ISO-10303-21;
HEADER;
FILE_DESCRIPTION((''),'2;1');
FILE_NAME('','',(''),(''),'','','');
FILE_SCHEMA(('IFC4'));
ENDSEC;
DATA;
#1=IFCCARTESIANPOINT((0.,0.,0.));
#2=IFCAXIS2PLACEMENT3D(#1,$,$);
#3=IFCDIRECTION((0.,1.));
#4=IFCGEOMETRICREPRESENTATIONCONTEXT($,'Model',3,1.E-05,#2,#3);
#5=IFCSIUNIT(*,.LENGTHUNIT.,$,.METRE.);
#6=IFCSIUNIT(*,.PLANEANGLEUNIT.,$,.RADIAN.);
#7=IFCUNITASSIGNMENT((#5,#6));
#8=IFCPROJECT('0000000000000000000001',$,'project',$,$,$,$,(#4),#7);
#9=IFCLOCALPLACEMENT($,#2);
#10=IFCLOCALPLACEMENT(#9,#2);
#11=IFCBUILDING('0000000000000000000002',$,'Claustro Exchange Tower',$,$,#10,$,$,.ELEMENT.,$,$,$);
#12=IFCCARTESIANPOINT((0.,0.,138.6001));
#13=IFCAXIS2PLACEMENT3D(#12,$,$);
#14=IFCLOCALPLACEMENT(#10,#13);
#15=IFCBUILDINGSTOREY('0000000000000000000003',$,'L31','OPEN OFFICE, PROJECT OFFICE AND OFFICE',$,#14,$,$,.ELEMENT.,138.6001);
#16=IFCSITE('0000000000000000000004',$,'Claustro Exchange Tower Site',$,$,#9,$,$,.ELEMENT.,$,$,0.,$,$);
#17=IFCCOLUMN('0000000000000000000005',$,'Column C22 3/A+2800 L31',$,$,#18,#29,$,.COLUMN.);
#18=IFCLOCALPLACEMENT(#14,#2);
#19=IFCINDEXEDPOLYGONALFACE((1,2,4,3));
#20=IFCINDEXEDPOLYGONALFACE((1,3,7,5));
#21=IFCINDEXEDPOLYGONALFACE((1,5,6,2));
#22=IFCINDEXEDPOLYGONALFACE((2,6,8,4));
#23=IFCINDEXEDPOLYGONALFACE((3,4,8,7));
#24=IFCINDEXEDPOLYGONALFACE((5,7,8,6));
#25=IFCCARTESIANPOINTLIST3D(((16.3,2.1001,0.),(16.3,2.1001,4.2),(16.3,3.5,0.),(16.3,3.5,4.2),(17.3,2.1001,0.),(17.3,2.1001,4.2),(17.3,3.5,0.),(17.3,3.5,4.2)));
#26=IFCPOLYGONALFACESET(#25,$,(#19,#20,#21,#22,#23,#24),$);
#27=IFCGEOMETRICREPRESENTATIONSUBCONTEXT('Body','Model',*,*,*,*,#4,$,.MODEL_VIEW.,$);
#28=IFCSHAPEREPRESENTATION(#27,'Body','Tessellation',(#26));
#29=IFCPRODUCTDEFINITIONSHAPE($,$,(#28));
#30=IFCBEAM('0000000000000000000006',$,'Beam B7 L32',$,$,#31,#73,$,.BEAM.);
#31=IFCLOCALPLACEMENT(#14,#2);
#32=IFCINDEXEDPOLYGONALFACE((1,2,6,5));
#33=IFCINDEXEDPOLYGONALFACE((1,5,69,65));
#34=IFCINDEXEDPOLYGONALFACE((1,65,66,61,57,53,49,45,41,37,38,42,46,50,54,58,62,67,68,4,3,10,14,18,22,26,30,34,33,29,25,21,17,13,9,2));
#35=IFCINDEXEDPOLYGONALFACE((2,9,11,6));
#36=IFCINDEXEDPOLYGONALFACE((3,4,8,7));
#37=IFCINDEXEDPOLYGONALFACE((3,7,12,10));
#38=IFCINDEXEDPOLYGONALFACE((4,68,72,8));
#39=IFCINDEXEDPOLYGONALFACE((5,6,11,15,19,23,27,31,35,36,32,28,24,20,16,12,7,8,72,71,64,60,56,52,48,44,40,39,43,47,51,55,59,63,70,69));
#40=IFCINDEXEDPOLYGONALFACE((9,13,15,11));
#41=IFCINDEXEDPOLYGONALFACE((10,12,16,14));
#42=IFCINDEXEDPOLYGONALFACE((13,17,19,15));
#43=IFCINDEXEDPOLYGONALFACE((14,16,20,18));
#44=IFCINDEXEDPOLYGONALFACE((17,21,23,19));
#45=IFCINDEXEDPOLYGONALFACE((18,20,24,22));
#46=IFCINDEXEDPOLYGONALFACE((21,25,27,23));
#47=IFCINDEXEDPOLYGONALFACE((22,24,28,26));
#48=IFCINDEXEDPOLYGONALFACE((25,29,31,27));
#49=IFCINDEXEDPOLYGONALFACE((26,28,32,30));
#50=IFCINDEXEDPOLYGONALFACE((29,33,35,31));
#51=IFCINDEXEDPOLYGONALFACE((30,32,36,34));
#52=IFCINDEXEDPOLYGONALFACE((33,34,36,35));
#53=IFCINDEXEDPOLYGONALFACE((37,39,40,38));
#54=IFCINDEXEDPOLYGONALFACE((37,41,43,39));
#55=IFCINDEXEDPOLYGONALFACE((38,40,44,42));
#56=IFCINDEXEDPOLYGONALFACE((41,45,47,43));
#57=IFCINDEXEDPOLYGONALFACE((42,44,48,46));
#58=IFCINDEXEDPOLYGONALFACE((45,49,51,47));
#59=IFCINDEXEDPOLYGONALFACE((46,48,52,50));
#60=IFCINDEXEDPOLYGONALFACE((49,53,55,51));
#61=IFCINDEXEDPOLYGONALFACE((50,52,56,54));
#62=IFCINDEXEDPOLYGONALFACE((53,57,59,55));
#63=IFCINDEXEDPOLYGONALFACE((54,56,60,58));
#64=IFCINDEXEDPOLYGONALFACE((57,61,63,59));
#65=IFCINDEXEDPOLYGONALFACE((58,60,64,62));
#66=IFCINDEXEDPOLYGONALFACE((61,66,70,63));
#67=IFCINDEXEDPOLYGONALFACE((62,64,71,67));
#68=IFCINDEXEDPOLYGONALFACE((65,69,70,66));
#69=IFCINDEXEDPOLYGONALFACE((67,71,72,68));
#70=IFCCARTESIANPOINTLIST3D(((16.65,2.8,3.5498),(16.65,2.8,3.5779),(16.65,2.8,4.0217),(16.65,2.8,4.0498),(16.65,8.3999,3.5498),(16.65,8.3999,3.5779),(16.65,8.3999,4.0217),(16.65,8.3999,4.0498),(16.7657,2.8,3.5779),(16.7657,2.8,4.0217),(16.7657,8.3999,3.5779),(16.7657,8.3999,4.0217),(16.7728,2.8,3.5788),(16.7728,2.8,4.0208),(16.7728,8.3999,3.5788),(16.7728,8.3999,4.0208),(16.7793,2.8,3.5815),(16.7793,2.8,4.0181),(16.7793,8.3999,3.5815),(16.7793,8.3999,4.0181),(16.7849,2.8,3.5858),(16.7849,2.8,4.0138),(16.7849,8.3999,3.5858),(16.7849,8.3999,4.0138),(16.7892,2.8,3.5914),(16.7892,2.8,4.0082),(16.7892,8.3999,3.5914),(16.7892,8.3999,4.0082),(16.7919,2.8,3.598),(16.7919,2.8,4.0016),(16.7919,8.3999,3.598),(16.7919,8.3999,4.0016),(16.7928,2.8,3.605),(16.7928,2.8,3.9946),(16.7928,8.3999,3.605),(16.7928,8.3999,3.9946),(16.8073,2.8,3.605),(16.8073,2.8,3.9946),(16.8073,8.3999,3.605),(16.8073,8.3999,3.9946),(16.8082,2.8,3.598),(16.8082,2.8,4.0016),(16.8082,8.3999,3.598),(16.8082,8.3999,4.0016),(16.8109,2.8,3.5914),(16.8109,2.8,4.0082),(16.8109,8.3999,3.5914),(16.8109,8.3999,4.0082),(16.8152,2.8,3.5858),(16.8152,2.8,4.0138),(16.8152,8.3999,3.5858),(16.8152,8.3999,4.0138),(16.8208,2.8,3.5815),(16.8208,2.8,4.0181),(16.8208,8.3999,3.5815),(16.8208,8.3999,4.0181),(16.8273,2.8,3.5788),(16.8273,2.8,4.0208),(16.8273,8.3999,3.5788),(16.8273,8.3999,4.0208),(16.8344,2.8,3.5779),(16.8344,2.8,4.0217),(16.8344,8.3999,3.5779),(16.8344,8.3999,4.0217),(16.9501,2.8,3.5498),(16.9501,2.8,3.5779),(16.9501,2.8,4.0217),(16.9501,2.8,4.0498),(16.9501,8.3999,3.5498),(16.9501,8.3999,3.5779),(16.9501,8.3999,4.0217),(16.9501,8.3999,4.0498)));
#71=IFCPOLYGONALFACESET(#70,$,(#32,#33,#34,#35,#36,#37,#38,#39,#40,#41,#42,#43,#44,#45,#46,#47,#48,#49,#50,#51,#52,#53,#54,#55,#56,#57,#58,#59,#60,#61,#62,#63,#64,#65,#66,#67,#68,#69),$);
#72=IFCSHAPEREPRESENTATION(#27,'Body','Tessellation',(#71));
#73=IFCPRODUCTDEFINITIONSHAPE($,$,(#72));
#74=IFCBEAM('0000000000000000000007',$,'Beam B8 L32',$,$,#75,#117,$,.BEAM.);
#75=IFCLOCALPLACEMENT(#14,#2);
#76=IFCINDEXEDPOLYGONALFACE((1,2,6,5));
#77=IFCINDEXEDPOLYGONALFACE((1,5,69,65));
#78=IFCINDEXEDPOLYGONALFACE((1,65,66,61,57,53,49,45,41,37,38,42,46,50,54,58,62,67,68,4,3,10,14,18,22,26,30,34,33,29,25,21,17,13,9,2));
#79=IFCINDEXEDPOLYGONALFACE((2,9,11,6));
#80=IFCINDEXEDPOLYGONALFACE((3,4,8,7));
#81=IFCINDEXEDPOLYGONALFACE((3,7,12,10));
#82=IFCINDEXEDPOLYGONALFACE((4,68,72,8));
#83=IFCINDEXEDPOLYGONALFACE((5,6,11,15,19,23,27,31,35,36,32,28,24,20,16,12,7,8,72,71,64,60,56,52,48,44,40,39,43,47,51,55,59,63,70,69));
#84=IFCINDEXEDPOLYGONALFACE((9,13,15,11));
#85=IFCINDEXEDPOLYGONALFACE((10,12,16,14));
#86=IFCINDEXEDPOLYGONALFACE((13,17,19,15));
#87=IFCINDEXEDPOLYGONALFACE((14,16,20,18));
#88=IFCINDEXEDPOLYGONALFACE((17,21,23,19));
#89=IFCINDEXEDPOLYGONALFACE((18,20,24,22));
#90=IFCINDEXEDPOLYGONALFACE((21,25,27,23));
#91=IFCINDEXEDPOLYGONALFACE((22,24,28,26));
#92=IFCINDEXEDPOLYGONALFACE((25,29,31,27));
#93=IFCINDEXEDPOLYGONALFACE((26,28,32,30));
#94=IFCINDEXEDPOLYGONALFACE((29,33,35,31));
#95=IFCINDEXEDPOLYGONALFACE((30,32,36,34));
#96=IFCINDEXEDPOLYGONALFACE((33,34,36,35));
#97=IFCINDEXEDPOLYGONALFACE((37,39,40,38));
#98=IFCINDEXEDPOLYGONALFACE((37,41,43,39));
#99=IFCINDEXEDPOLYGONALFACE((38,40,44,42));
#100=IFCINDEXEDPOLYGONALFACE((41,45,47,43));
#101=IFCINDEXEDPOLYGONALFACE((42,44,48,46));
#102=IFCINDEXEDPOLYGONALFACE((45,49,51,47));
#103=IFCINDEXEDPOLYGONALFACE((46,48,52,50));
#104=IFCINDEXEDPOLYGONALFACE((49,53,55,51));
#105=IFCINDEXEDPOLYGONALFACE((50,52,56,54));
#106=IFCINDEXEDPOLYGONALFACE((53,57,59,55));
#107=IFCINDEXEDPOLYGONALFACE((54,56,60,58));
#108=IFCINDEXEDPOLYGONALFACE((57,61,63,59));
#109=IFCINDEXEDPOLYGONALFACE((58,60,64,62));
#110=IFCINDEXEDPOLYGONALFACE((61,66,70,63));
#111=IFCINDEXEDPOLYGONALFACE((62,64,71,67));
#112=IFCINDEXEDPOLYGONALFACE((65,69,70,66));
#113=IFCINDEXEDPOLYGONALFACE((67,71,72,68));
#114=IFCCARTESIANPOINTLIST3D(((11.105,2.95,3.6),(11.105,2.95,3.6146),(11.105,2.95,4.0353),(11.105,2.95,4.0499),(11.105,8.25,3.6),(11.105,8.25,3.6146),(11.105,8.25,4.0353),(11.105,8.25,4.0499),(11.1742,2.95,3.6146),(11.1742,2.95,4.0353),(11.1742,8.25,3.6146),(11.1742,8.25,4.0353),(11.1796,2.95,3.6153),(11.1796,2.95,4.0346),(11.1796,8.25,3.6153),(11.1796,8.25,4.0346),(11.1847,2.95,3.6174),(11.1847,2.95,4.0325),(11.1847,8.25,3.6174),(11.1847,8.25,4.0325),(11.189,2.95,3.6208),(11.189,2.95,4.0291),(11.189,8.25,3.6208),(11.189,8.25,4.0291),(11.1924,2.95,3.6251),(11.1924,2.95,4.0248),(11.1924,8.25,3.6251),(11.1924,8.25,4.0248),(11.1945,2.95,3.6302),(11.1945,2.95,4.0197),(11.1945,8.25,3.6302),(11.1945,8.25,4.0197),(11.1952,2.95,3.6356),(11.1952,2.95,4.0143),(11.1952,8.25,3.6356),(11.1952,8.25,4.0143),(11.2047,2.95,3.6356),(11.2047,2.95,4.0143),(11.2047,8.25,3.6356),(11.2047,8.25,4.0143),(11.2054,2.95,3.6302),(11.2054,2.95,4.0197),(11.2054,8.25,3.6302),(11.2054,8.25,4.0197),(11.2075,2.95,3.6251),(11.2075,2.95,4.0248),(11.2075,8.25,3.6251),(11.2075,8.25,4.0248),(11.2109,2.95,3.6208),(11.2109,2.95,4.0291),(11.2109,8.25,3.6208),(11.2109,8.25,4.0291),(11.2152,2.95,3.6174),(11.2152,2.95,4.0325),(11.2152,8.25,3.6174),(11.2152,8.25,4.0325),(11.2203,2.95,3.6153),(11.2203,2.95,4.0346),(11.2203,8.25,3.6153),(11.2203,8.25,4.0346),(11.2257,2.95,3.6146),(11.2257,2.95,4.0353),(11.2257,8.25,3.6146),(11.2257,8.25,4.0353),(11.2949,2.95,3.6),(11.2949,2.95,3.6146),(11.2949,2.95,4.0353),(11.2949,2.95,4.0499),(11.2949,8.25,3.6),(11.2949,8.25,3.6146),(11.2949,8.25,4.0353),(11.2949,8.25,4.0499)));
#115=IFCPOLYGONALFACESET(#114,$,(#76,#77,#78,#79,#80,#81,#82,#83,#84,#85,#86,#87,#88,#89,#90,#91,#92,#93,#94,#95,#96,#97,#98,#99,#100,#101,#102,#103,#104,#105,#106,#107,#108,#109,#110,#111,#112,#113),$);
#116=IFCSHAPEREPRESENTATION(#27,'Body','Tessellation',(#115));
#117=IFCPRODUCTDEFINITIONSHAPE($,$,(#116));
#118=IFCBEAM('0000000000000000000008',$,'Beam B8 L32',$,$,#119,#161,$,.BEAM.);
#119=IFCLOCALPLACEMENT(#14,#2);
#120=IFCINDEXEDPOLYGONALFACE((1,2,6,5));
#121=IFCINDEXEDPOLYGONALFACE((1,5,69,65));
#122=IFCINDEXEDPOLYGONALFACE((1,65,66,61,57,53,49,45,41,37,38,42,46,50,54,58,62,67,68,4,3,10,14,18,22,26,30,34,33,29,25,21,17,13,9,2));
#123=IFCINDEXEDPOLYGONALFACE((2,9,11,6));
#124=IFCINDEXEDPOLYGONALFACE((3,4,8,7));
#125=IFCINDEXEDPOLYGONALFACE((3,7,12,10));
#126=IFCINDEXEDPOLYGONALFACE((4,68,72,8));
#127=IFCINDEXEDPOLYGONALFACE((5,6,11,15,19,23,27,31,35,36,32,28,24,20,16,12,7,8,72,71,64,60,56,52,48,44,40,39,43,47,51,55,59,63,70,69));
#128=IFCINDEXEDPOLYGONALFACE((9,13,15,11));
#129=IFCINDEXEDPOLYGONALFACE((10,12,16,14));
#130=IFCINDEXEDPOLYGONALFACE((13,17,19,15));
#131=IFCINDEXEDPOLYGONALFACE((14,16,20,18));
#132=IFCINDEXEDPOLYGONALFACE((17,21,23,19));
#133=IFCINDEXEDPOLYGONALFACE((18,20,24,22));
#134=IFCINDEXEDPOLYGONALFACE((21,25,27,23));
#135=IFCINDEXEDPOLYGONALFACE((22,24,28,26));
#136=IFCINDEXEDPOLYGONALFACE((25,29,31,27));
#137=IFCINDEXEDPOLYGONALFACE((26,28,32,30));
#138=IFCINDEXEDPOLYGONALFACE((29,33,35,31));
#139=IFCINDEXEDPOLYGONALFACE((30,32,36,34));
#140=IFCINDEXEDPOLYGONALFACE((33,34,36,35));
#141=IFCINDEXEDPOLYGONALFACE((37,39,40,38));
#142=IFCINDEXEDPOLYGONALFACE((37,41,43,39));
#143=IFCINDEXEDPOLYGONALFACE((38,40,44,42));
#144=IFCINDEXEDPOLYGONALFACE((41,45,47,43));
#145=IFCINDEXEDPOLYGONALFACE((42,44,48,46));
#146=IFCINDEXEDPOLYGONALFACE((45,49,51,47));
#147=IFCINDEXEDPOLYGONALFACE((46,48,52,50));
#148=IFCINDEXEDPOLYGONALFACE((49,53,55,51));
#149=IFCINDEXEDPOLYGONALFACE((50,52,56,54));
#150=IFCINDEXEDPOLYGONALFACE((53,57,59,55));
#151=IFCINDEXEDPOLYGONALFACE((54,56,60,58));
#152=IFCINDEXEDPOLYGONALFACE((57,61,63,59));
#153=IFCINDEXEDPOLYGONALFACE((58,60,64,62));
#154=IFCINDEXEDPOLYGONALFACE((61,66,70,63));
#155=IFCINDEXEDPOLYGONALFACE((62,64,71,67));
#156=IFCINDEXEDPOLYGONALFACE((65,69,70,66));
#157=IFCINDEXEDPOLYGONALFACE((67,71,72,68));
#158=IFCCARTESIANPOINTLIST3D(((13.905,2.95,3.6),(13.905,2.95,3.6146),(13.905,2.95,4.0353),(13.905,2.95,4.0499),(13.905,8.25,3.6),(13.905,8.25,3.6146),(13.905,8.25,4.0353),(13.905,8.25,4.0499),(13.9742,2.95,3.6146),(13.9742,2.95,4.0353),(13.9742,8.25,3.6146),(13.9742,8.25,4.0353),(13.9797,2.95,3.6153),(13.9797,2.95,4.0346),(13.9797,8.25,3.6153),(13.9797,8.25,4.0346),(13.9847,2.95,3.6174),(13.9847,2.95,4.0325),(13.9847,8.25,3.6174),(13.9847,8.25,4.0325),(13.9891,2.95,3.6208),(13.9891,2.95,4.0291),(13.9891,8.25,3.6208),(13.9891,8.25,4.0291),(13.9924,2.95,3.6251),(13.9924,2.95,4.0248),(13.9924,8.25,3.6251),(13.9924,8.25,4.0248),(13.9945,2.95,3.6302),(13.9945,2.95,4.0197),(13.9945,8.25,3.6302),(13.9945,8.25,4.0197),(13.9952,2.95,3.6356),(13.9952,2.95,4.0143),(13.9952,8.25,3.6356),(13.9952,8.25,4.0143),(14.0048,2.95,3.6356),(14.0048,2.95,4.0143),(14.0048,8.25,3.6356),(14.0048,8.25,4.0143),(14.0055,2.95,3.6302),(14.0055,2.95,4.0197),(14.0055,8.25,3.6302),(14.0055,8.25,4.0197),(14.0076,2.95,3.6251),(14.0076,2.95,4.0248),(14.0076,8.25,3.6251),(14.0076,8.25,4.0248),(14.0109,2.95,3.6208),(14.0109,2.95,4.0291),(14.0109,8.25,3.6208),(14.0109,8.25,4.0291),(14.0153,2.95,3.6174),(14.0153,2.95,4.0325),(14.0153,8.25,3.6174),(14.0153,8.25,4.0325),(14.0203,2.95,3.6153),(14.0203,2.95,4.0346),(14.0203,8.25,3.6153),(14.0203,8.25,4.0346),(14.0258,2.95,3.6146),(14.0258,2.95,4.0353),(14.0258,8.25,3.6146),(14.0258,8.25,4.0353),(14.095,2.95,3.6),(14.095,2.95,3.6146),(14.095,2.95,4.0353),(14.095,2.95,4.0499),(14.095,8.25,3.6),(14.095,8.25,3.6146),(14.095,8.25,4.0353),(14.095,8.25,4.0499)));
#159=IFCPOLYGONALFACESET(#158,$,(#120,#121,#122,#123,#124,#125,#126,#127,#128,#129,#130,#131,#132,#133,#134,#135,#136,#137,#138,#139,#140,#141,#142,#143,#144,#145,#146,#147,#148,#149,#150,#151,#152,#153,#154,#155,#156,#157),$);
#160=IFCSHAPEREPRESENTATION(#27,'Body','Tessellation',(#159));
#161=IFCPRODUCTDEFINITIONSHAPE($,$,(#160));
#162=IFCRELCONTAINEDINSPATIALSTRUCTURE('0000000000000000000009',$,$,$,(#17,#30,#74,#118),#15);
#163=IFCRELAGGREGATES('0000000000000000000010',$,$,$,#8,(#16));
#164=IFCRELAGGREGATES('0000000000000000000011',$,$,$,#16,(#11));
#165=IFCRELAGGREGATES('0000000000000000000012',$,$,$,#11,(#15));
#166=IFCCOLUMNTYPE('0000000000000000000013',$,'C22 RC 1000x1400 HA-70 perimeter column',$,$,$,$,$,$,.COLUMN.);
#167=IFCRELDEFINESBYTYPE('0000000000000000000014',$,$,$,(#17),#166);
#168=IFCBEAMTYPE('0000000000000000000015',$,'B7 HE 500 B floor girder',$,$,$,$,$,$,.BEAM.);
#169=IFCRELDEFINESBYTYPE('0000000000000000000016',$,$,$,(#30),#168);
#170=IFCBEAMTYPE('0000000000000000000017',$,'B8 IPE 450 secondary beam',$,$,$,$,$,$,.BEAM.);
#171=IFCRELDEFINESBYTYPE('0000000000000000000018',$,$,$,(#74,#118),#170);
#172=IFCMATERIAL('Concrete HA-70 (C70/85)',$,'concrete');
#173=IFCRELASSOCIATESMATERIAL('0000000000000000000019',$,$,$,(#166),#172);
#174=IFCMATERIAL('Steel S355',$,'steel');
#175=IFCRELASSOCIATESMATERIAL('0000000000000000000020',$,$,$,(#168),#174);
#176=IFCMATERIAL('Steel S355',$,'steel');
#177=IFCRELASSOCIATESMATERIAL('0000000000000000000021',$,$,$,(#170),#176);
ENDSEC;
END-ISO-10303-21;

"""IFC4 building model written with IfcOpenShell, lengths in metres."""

from ifc_helpers import new_model, si_unit, direction, frame, origin, origin_2d, place, context, subcontext, project, spatial, rectangle, i_section, extrude, material, material_profile, profile_set, type_object, element, save


model = new_model("IFC4")

# Units and contexts
model_context = context("Model", 3, precision=1e-05, world=origin(), true_north=direction((0.0, 1.0)))
body_context = subcontext(model_context, "Body", "Model", "MODEL_VIEW")
ifc_project = project(units=[si_unit("LENGTHUNIT", "METRE"), si_unit("PLANEANGLEUNIT", "RADIAN")], contexts=[model_context])

# Site, building, storey
site_placement = place(None, origin())
site = spatial("IfcSite", under=ifc_project, at=site_placement, Name="Claustro Exchange Tower Site", CompositionType="ELEMENT", RefElevation=0.0)
building_placement = place(site_placement, origin())
building = spatial("IfcBuilding", under=site, at=building_placement, Name="Claustro Exchange Tower", CompositionType="ELEMENT")
storey_placement = place(building_placement, frame((0.0, 0.0, 138.6001)))
storey = spatial("IfcBuildingStorey", under=building, at=storey_placement, Name="L31", Description="OPEN OFFICE, PROJECT OFFICE AND OFFICE", CompositionType="ELEMENT", Elevation=138.6001)

# Column
ifc_material_1 = material(Name="Concrete HA-70 (C70/85)", Category="concrete")
ifc_material_profile_1 = material_profile(ifc_material_1, rectangle(XDim=1.0, YDim=1.3999, at=origin_2d()), Name="RC 1000x1400")
ifc_profile_set_1 = profile_set([ifc_material_profile_1], Name="Concrete HA-70 (C70/85)")
column_type = type_object("IfcColumnType", Name="C22 RC 1000x1400 HA-70 perimeter column", PredefinedType="COLUMN", material=ifc_profile_set_1)
column_placement = place(storey_placement, frame((16.8, 2.8, 0.0), z_axis=(0.0, 0.0, 1.0), x_axis=(1.0, 0.0, 0.0)))
element("IfcColumn", 1, at=column_placement, inside=storey, type_object=column_type, Name="Column C22 3/A+2800 L31", PredefinedType="COLUMN", context=body_context, shape_type="SweptSolid", body=[
    extrude(rectangle(XDim=1.0, YDim=1.3999, at=origin_2d()), origin(), (0.0, 0.0, 1.0), 4.2),
])

# Beams
ifc_material_2 = material(Name="Steel S355", Category="steel")
ifc_material_profile_2 = material_profile(ifc_material_2, i_section(OverallWidth=0.3, OverallDepth=0.5, WebThickness=0.0144, FlangeThickness=0.0281, FilletRadius=0.0271, at=origin_2d()), Name="HE 500 B")
ifc_profile_set_2 = profile_set([ifc_material_profile_2], Name="Steel S355")
beam_type_1 = type_object("IfcBeamType", Name="B7 HE 500 B floor girder", PredefinedType="BEAM", material=ifc_profile_set_2)
beam_1_placement = place(storey_placement, frame((16.8, 2.8, 3.7998), z_axis=(0.0, 1.0, 0.0), x_axis=(-1.0, 0.0, 0.0)))
element("IfcBeam", 2, at=beam_1_placement, inside=storey, type_object=beam_type_1, Name="Beam B7 L32", PredefinedType="BEAM", context=body_context, shape_type="SweptSolid", body=[
    extrude(i_section(OverallWidth=0.3, OverallDepth=0.5, WebThickness=0.0144, FlangeThickness=0.0281, FilletRadius=0.0271, at=origin_2d()), origin(), (0.0, 0.0, 1.0), 5.5999),
])
ifc_material_3 = material(Name="Steel S355", Category="steel")
ifc_material_profile_3 = material_profile(ifc_material_3, i_section(OverallWidth=0.1899, OverallDepth=0.45, WebThickness=0.0095, FlangeThickness=0.0146, FilletRadius=0.021, at=origin_2d()), Name="IPE 450")
ifc_profile_set_3 = profile_set([ifc_material_profile_3], Name="Steel S355")
beam_type_2 = type_object("IfcBeamType", Name="B8 IPE 450 secondary beam", PredefinedType="BEAM", material=ifc_profile_set_3)
for number, where, z_axis, x_axis, name in (
    (3, (11.2, 2.95, 3.825), (0.0, 1.0, 0.0), (-1.0, 0.0, 0.0), "Beam B8 L32"),
    (4, (14.0, 2.95, 3.825), (0.0, 1.0, 0.0), (-1.0, 0.0, 0.0), "Beam B8 L32"),
):
    element("IfcBeam", number, at=place(storey_placement, frame(where, z_axis=z_axis, x_axis=x_axis)), inside=storey, type_object=beam_type_2, Name=name, PredefinedType="BEAM", context=body_context, shape_type="SweptSolid", body=[
        extrude(i_section(OverallWidth=0.1899, OverallDepth=0.45, WebThickness=0.0095, FlangeThickness=0.0146, FilletRadius=0.021, at=origin_2d()), origin(), (0.0, 0.0, 1.0), 5.3),
    ])

save(model, "model.ifc")
